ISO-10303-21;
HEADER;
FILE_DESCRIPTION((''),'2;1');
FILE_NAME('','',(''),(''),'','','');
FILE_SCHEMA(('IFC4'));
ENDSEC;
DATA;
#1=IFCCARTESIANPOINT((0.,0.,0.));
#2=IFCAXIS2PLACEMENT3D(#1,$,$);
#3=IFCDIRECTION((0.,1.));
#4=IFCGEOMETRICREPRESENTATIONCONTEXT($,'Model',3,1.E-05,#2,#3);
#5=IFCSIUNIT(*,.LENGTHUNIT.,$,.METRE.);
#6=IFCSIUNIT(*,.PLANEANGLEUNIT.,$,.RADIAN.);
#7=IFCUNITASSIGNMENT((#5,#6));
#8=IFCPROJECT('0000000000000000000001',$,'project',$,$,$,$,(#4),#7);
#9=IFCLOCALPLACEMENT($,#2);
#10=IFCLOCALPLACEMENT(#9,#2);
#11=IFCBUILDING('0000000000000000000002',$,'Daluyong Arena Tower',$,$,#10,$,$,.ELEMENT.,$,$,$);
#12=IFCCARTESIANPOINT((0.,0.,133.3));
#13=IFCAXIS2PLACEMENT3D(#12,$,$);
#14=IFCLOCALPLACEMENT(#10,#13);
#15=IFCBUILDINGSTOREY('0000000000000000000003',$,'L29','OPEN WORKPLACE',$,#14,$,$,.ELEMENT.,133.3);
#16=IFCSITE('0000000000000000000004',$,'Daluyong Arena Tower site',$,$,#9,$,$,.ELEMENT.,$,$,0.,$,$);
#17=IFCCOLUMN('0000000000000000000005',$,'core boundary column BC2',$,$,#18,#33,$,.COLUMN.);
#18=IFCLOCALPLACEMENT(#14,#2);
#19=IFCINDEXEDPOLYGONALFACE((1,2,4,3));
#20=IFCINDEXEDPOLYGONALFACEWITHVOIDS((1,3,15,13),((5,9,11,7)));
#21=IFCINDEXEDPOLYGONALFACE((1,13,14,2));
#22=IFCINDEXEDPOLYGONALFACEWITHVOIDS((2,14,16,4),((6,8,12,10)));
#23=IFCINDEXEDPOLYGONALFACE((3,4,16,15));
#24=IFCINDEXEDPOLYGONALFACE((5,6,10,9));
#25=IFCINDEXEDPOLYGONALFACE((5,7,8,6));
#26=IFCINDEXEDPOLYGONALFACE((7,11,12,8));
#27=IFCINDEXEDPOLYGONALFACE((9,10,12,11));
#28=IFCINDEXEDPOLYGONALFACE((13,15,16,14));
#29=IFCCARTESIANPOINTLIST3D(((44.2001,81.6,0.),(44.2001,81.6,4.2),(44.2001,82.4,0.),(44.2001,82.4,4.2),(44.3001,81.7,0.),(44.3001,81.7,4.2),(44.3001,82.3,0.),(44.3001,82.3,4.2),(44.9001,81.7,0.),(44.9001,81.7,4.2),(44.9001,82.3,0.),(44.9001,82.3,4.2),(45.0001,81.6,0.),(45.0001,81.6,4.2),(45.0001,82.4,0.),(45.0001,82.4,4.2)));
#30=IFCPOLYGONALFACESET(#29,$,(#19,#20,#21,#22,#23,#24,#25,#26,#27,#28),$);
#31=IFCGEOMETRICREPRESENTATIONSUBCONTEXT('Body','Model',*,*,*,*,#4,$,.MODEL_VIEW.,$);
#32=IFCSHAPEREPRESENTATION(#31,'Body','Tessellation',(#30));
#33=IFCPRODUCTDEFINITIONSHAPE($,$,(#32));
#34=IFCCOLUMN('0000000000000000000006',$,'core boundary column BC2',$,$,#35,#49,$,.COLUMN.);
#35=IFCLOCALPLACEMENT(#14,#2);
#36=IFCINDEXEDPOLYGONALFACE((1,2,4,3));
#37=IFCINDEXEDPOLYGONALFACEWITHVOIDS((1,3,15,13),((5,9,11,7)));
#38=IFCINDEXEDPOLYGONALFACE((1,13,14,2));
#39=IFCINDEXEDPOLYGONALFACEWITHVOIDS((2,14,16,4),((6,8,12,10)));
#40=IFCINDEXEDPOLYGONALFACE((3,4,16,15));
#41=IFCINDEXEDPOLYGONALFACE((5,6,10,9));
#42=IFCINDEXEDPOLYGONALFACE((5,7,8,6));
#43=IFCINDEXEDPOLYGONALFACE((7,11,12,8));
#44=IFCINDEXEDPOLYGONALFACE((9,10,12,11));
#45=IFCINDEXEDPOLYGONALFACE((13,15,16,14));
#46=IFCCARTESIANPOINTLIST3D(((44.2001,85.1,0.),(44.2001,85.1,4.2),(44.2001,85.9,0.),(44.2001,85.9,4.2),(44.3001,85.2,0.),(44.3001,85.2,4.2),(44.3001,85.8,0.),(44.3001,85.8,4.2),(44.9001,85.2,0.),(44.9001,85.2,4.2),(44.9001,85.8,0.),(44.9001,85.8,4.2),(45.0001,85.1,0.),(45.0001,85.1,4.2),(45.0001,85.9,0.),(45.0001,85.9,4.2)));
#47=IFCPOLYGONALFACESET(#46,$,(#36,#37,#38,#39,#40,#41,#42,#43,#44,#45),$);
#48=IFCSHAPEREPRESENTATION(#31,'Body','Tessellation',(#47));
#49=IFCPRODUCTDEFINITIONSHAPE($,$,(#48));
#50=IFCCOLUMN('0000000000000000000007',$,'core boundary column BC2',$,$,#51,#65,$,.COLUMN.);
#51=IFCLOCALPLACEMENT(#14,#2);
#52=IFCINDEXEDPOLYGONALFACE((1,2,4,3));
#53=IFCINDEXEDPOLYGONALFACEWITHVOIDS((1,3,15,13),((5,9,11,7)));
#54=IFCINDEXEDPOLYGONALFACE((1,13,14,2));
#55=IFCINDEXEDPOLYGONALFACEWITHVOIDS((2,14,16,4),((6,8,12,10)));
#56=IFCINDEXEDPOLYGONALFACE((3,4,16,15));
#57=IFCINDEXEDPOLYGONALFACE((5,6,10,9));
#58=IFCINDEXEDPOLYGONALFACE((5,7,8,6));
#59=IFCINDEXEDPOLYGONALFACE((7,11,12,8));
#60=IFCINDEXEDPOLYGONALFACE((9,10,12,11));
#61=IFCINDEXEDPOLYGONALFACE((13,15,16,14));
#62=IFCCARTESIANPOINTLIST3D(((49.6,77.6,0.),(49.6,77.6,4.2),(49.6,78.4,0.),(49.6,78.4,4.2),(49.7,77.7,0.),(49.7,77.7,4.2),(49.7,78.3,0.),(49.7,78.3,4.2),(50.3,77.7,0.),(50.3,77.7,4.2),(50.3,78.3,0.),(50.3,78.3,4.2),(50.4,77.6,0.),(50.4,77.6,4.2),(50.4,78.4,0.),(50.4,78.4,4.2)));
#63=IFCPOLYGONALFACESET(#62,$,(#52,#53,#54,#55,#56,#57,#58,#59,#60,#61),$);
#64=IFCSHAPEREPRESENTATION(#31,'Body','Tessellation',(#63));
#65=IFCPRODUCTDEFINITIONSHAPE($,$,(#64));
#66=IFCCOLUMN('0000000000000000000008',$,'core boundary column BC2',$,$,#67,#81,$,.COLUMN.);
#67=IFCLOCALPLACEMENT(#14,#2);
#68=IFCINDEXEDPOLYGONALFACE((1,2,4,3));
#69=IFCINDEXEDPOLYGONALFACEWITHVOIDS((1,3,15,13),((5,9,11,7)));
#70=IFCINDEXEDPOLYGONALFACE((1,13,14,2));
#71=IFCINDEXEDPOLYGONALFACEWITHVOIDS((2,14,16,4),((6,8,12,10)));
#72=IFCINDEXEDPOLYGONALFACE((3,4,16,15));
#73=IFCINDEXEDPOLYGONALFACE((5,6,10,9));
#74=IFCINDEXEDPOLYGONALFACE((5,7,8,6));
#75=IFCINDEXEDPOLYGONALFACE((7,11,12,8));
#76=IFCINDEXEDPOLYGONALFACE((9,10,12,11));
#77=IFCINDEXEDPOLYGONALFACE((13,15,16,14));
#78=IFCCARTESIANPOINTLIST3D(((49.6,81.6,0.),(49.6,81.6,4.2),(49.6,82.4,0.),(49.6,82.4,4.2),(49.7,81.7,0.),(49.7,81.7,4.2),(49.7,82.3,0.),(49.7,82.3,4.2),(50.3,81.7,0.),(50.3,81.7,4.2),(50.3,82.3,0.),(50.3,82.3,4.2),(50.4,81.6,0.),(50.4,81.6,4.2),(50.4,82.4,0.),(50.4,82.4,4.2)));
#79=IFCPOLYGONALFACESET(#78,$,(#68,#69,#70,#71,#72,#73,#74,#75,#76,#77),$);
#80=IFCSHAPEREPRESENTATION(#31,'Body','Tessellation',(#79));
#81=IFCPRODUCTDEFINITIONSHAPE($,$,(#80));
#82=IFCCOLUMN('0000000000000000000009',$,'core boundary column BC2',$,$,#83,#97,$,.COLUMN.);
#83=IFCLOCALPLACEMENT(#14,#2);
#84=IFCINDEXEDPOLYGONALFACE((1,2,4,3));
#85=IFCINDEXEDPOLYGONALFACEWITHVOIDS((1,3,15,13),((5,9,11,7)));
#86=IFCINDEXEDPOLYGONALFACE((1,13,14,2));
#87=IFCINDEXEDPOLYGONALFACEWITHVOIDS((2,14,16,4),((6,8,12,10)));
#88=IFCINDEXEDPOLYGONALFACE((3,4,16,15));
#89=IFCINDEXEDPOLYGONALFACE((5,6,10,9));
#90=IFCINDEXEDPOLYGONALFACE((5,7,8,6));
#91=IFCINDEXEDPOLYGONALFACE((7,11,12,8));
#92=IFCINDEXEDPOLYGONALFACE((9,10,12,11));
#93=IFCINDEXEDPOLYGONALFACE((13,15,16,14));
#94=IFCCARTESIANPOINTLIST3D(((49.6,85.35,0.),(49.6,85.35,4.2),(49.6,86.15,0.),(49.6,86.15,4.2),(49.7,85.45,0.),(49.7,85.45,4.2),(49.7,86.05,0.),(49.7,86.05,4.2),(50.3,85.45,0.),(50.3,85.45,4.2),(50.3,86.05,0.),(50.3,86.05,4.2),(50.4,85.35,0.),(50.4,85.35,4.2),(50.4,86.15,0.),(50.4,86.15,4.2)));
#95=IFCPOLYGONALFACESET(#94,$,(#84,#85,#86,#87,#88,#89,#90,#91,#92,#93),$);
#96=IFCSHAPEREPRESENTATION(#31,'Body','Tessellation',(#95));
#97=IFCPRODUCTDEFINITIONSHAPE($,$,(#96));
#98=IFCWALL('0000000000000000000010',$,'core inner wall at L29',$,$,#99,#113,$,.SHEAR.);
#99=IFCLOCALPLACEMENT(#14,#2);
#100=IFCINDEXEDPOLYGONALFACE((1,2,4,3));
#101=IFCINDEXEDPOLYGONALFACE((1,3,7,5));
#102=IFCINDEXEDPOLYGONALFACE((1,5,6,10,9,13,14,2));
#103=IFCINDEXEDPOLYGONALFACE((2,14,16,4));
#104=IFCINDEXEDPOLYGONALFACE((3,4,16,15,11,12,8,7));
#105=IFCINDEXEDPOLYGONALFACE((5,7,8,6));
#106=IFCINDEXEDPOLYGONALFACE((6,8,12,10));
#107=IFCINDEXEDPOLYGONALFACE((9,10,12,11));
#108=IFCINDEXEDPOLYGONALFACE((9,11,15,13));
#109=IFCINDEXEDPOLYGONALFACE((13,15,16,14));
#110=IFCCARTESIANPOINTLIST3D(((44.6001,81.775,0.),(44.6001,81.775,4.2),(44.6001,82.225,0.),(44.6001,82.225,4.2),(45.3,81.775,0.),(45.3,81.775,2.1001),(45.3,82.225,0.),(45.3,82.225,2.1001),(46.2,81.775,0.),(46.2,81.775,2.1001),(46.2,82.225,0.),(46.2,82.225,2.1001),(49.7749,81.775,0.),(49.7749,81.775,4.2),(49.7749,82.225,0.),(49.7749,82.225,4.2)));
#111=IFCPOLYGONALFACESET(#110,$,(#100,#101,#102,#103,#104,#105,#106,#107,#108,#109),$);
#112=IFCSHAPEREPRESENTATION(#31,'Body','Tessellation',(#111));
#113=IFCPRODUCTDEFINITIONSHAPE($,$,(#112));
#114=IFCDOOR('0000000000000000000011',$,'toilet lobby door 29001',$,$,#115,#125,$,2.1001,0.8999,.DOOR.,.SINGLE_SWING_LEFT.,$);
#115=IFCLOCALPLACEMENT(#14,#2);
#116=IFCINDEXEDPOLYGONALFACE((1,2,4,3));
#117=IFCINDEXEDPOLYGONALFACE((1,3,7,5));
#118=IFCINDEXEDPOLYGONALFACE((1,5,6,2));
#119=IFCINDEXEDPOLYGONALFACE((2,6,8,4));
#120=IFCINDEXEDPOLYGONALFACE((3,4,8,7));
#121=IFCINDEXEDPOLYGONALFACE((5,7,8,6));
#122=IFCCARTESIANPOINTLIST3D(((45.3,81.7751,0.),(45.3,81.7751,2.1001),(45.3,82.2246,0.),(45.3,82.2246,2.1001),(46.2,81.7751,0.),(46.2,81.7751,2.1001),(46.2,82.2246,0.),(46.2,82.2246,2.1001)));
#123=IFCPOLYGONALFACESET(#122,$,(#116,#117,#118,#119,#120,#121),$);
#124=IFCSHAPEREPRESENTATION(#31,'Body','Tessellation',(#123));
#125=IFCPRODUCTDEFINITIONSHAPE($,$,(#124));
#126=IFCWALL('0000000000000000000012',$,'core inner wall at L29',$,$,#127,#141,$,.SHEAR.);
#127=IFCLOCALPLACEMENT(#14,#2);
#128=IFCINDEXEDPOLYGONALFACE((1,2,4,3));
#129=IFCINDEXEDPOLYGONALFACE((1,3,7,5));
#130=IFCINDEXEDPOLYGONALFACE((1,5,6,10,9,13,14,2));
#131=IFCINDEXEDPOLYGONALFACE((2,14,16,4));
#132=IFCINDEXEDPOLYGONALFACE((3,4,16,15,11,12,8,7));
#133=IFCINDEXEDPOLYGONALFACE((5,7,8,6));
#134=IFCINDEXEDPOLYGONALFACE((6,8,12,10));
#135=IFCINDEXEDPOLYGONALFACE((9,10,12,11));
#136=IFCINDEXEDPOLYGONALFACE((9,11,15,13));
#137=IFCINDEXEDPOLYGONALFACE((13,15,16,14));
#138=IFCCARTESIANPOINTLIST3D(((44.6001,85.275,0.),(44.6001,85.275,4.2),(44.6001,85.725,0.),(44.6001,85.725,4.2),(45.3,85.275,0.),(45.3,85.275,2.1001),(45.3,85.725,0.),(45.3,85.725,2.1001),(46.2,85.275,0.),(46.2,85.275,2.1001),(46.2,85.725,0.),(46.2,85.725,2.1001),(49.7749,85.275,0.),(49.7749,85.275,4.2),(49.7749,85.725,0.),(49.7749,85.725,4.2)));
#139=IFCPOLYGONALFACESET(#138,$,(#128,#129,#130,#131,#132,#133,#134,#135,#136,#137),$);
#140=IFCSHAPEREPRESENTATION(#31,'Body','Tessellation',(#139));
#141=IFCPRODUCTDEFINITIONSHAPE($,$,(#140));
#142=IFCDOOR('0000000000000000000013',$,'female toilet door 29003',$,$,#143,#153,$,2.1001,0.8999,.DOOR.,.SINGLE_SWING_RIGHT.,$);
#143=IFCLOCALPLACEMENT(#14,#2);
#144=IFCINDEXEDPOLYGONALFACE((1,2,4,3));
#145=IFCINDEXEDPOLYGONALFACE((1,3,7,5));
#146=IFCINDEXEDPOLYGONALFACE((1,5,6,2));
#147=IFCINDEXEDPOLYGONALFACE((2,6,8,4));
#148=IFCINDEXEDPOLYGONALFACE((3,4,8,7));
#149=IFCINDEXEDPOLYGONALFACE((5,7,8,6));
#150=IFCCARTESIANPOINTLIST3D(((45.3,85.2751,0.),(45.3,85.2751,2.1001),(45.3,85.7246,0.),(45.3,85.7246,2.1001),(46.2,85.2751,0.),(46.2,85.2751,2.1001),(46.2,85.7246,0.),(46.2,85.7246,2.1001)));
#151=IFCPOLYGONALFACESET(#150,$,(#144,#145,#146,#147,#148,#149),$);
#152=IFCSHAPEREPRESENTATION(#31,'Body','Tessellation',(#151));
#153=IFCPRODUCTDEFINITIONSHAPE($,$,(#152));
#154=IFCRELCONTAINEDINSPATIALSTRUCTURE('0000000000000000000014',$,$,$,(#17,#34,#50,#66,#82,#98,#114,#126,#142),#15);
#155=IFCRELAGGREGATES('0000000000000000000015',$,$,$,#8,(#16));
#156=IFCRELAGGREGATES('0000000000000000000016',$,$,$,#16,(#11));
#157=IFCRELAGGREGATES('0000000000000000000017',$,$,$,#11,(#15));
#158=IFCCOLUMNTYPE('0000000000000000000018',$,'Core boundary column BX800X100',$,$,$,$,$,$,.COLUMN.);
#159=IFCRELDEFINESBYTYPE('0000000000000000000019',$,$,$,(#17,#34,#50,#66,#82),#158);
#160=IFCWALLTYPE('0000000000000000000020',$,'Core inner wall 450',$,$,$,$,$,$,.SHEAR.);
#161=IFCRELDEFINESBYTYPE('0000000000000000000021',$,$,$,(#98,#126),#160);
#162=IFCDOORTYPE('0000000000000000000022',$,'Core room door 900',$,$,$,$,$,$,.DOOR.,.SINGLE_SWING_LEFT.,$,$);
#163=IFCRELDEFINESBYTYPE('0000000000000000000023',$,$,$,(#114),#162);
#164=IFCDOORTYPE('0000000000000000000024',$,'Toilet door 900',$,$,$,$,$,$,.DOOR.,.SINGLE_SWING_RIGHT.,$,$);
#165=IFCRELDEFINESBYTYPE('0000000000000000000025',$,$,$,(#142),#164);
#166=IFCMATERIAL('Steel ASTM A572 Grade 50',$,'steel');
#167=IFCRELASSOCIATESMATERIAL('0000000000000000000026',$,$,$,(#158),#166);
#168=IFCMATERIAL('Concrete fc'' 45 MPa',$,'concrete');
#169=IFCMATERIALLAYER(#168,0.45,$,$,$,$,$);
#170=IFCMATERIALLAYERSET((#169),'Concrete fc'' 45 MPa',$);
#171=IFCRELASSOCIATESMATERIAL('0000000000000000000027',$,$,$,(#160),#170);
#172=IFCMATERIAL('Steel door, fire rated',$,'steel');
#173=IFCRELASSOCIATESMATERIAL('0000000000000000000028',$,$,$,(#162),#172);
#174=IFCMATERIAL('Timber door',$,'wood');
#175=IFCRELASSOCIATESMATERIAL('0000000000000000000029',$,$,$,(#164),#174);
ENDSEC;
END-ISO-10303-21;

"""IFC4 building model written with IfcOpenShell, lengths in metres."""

from ifc_helpers import new_model, si_unit, direction, frame, frame_2d, origin, origin_2d, place, context, subcontext, project, spatial, rectangle, hollow_rectangle, extrude, material, layer, layer_set, material_profile, profile_set, type_object, element, fill, save


model = new_model("IFC4")

# Units and contexts
model_context = context("Model", 3, precision=1e-05, world=origin(), true_north=direction((0.0, 1.0)))
body_context = subcontext(model_context, "Body", "Model", "MODEL_VIEW")
ifc_project = project(units=[si_unit("LENGTHUNIT", "METRE"), si_unit("PLANEANGLEUNIT", "RADIAN")], contexts=[model_context])

# Site, building, storey
site_placement = place(None, origin())
site = spatial("IfcSite", under=ifc_project, at=site_placement, Name="Daluyong Arena Tower site", CompositionType="ELEMENT", RefElevation=0.0)
building_placement = place(site_placement, origin())
building = spatial("IfcBuilding", under=site, at=building_placement, Name="Daluyong Arena Tower", CompositionType="ELEMENT")
storey_placement = place(building_placement, frame((0.0, 0.0, 133.3)))
storey = spatial("IfcBuildingStorey", under=building, at=storey_placement, Name="L29", Description="OPEN WORKPLACE", CompositionType="ELEMENT", Elevation=133.3)

# Columns
ifc_material_1 = material(Name="Steel ASTM A572 Grade 50", Category="steel")
ifc_material_profile = material_profile(ifc_material_1, hollow_rectangle(XDim=0.8, YDim=0.8, WallThickness=0.1, at=origin_2d()))
ifc_profile_set = profile_set([ifc_material_profile], Name="Steel ASTM A572 Grade 50")
column_type = type_object("IfcColumnType", Name="Core boundary column BX800X100", PredefinedType="COLUMN", material=ifc_profile_set)
for number, where, z_axis, x_axis, name in (
    (1, (44.6001, 82.0, 0.0), (0.0, 0.0, 1.0), (1.0, 0.0, 0.0), "core boundary column BC2"),
    (2, (44.6001, 85.5, 0.0), (0.0, 0.0, 1.0), (1.0, 0.0, 0.0), "core boundary column BC2"),
    (3, (50.0, 78.0, 0.0), (0.0, 0.0, 1.0), (1.0, 0.0, 0.0), "core boundary column BC2"),
    (4, (50.0, 82.0, 0.0), (0.0, 0.0, 1.0), (1.0, 0.0, 0.0), "core boundary column BC2"),
    (5, (50.0, 85.75, 0.0), (0.0, 0.0, 1.0), (1.0, 0.0, 0.0), "core boundary column BC2"),
):
    element("IfcColumn", number, at=place(storey_placement, frame(where, z_axis=z_axis, x_axis=x_axis)), inside=storey, type_object=column_type, Name=name, PredefinedType="COLUMN", context=body_context, shape_type="SweptSolid", body=[
        extrude(hollow_rectangle(XDim=0.8, YDim=0.8, WallThickness=0.1, at=origin_2d()), origin(), (0.0, 0.0, 1.0), 4.2),
    ])

# Walls, openings, doors
ifc_material_2 = material(Name="Concrete fc' 45 MPa", Category="concrete")
ifc_layer_1 = layer(ifc_material_2, 0.45)
ifc_layer_set_1 = layer_set([ifc_layer_1], Name="Concrete fc' 45 MPa")
wall_type_1 = type_object("IfcWallType", Name="Core inner wall 450", PredefinedType="SHEAR", material=ifc_layer_set_1)
wall_1_placement = place(storey_placement, frame((44.6001, 82.0, 0.0), z_axis=(0.0, 0.0, 1.0), x_axis=(1.0, 0.0, 0.0)))
wall_1 = element("IfcWall", 6, at=wall_1_placement, inside=storey, type_object=wall_type_1, Name="core inner wall at L29", PredefinedType="SHEAR", context=body_context, shape_type="SweptSolid", body=[
    extrude(rectangle(XDim=5.1748, YDim=0.45, at=frame_2d((2.5874, 0.0))), origin(), (0.0, 0.0, 1.0), 4.2),
])
opening_1_placement = place(wall_1_placement, frame((0.7, 0.0, 0.0)))
opening_1 = element("IfcOpeningElement", 7, at=opening_1_placement, cuts=wall_1, PredefinedType="OPENING", context=body_context, shape_type="SweptSolid", body=[
    extrude(rectangle(XDim=0.8999, YDim=2.1001, at=frame_2d((0.45, 1.05))), frame((0.0, 0.2349, 0.0), z_axis=(0.0, -1.0, 0.0), x_axis=(1.0, 0.0, 0.0)), (0.0, 0.0, 1.0), 0.47),
])
ifc_material_3 = material(Name="Steel door, fire rated", Category="steel")
door_type_1 = type_object("IfcDoorType", Name="Core room door 900", OperationType="SINGLE_SWING_LEFT", PredefinedType="DOOR", material=ifc_material_3)
door_1_placement = place(opening_1_placement, origin())
door_1 = element("IfcDoor", 8, at=door_1_placement, inside=storey, type_object=door_type_1, Name="toilet lobby door 29001", OperationType="SINGLE_SWING_LEFT", OverallHeight=2.1001, OverallWidth=0.8999, PredefinedType="DOOR", context=body_context, shape_type="SweptSolid", body=[
    extrude(rectangle(XDim=0.8999, YDim=2.1001, at=frame_2d((0.45, 1.05))), frame((0.0, 0.2246, 0.0), z_axis=(0.0, -1.0, 0.0), x_axis=(1.0, 0.0, 0.0)), (0.0, 0.0, 1.0), 0.4495),
])
fill(opening_1, door_1)
wall_2_placement = place(storey_placement, frame((44.6001, 85.5, 0.0), z_axis=(0.0, 0.0, 1.0), x_axis=(1.0, 0.0, 0.0)))
wall_2 = element("IfcWall", 9, at=wall_2_placement, inside=storey, type_object=wall_type_1, Name="core inner wall at L29", PredefinedType="SHEAR", context=body_context, shape_type="SweptSolid", body=[
    extrude(rectangle(XDim=5.1748, YDim=0.45, at=frame_2d((2.5874, 0.0))), origin(), (0.0, 0.0, 1.0), 4.2),
])
opening_2_placement = place(wall_2_placement, frame((0.7, 0.0, 0.0)))
opening_2 = element("IfcOpeningElement", 10, at=opening_2_placement, cuts=wall_2, PredefinedType="OPENING", context=body_context, shape_type="SweptSolid", body=[
    extrude(rectangle(XDim=0.8999, YDim=2.1001, at=frame_2d((0.45, 1.05))), frame((0.0, 0.2349, 0.0), z_axis=(0.0, -1.0, 0.0), x_axis=(1.0, 0.0, 0.0)), (0.0, 0.0, 1.0), 0.47),
])
ifc_material_4 = material(Name="Timber door", Category="wood")
door_type_2 = type_object("IfcDoorType", Name="Toilet door 900", OperationType="SINGLE_SWING_RIGHT", PredefinedType="DOOR", material=ifc_material_4)
door_2_placement = place(opening_2_placement, origin())
door_2 = element("IfcDoor", 11, at=door_2_placement, inside=storey, type_object=door_type_2, Name="female toilet door 29003", OperationType="SINGLE_SWING_RIGHT", OverallHeight=2.1001, OverallWidth=0.8999, PredefinedType="DOOR", context=body_context, shape_type="SweptSolid", body=[
    extrude(rectangle(XDim=0.8999, YDim=2.1001, at=frame_2d((0.45, 1.05))), frame((0.0, 0.2246, 0.0), z_axis=(0.0, -1.0, 0.0), x_axis=(1.0, 0.0, 0.0)), (0.0, 0.0, 1.0), 0.4495),
])
fill(opening_2, door_2)

save(model, "model.ifc")
